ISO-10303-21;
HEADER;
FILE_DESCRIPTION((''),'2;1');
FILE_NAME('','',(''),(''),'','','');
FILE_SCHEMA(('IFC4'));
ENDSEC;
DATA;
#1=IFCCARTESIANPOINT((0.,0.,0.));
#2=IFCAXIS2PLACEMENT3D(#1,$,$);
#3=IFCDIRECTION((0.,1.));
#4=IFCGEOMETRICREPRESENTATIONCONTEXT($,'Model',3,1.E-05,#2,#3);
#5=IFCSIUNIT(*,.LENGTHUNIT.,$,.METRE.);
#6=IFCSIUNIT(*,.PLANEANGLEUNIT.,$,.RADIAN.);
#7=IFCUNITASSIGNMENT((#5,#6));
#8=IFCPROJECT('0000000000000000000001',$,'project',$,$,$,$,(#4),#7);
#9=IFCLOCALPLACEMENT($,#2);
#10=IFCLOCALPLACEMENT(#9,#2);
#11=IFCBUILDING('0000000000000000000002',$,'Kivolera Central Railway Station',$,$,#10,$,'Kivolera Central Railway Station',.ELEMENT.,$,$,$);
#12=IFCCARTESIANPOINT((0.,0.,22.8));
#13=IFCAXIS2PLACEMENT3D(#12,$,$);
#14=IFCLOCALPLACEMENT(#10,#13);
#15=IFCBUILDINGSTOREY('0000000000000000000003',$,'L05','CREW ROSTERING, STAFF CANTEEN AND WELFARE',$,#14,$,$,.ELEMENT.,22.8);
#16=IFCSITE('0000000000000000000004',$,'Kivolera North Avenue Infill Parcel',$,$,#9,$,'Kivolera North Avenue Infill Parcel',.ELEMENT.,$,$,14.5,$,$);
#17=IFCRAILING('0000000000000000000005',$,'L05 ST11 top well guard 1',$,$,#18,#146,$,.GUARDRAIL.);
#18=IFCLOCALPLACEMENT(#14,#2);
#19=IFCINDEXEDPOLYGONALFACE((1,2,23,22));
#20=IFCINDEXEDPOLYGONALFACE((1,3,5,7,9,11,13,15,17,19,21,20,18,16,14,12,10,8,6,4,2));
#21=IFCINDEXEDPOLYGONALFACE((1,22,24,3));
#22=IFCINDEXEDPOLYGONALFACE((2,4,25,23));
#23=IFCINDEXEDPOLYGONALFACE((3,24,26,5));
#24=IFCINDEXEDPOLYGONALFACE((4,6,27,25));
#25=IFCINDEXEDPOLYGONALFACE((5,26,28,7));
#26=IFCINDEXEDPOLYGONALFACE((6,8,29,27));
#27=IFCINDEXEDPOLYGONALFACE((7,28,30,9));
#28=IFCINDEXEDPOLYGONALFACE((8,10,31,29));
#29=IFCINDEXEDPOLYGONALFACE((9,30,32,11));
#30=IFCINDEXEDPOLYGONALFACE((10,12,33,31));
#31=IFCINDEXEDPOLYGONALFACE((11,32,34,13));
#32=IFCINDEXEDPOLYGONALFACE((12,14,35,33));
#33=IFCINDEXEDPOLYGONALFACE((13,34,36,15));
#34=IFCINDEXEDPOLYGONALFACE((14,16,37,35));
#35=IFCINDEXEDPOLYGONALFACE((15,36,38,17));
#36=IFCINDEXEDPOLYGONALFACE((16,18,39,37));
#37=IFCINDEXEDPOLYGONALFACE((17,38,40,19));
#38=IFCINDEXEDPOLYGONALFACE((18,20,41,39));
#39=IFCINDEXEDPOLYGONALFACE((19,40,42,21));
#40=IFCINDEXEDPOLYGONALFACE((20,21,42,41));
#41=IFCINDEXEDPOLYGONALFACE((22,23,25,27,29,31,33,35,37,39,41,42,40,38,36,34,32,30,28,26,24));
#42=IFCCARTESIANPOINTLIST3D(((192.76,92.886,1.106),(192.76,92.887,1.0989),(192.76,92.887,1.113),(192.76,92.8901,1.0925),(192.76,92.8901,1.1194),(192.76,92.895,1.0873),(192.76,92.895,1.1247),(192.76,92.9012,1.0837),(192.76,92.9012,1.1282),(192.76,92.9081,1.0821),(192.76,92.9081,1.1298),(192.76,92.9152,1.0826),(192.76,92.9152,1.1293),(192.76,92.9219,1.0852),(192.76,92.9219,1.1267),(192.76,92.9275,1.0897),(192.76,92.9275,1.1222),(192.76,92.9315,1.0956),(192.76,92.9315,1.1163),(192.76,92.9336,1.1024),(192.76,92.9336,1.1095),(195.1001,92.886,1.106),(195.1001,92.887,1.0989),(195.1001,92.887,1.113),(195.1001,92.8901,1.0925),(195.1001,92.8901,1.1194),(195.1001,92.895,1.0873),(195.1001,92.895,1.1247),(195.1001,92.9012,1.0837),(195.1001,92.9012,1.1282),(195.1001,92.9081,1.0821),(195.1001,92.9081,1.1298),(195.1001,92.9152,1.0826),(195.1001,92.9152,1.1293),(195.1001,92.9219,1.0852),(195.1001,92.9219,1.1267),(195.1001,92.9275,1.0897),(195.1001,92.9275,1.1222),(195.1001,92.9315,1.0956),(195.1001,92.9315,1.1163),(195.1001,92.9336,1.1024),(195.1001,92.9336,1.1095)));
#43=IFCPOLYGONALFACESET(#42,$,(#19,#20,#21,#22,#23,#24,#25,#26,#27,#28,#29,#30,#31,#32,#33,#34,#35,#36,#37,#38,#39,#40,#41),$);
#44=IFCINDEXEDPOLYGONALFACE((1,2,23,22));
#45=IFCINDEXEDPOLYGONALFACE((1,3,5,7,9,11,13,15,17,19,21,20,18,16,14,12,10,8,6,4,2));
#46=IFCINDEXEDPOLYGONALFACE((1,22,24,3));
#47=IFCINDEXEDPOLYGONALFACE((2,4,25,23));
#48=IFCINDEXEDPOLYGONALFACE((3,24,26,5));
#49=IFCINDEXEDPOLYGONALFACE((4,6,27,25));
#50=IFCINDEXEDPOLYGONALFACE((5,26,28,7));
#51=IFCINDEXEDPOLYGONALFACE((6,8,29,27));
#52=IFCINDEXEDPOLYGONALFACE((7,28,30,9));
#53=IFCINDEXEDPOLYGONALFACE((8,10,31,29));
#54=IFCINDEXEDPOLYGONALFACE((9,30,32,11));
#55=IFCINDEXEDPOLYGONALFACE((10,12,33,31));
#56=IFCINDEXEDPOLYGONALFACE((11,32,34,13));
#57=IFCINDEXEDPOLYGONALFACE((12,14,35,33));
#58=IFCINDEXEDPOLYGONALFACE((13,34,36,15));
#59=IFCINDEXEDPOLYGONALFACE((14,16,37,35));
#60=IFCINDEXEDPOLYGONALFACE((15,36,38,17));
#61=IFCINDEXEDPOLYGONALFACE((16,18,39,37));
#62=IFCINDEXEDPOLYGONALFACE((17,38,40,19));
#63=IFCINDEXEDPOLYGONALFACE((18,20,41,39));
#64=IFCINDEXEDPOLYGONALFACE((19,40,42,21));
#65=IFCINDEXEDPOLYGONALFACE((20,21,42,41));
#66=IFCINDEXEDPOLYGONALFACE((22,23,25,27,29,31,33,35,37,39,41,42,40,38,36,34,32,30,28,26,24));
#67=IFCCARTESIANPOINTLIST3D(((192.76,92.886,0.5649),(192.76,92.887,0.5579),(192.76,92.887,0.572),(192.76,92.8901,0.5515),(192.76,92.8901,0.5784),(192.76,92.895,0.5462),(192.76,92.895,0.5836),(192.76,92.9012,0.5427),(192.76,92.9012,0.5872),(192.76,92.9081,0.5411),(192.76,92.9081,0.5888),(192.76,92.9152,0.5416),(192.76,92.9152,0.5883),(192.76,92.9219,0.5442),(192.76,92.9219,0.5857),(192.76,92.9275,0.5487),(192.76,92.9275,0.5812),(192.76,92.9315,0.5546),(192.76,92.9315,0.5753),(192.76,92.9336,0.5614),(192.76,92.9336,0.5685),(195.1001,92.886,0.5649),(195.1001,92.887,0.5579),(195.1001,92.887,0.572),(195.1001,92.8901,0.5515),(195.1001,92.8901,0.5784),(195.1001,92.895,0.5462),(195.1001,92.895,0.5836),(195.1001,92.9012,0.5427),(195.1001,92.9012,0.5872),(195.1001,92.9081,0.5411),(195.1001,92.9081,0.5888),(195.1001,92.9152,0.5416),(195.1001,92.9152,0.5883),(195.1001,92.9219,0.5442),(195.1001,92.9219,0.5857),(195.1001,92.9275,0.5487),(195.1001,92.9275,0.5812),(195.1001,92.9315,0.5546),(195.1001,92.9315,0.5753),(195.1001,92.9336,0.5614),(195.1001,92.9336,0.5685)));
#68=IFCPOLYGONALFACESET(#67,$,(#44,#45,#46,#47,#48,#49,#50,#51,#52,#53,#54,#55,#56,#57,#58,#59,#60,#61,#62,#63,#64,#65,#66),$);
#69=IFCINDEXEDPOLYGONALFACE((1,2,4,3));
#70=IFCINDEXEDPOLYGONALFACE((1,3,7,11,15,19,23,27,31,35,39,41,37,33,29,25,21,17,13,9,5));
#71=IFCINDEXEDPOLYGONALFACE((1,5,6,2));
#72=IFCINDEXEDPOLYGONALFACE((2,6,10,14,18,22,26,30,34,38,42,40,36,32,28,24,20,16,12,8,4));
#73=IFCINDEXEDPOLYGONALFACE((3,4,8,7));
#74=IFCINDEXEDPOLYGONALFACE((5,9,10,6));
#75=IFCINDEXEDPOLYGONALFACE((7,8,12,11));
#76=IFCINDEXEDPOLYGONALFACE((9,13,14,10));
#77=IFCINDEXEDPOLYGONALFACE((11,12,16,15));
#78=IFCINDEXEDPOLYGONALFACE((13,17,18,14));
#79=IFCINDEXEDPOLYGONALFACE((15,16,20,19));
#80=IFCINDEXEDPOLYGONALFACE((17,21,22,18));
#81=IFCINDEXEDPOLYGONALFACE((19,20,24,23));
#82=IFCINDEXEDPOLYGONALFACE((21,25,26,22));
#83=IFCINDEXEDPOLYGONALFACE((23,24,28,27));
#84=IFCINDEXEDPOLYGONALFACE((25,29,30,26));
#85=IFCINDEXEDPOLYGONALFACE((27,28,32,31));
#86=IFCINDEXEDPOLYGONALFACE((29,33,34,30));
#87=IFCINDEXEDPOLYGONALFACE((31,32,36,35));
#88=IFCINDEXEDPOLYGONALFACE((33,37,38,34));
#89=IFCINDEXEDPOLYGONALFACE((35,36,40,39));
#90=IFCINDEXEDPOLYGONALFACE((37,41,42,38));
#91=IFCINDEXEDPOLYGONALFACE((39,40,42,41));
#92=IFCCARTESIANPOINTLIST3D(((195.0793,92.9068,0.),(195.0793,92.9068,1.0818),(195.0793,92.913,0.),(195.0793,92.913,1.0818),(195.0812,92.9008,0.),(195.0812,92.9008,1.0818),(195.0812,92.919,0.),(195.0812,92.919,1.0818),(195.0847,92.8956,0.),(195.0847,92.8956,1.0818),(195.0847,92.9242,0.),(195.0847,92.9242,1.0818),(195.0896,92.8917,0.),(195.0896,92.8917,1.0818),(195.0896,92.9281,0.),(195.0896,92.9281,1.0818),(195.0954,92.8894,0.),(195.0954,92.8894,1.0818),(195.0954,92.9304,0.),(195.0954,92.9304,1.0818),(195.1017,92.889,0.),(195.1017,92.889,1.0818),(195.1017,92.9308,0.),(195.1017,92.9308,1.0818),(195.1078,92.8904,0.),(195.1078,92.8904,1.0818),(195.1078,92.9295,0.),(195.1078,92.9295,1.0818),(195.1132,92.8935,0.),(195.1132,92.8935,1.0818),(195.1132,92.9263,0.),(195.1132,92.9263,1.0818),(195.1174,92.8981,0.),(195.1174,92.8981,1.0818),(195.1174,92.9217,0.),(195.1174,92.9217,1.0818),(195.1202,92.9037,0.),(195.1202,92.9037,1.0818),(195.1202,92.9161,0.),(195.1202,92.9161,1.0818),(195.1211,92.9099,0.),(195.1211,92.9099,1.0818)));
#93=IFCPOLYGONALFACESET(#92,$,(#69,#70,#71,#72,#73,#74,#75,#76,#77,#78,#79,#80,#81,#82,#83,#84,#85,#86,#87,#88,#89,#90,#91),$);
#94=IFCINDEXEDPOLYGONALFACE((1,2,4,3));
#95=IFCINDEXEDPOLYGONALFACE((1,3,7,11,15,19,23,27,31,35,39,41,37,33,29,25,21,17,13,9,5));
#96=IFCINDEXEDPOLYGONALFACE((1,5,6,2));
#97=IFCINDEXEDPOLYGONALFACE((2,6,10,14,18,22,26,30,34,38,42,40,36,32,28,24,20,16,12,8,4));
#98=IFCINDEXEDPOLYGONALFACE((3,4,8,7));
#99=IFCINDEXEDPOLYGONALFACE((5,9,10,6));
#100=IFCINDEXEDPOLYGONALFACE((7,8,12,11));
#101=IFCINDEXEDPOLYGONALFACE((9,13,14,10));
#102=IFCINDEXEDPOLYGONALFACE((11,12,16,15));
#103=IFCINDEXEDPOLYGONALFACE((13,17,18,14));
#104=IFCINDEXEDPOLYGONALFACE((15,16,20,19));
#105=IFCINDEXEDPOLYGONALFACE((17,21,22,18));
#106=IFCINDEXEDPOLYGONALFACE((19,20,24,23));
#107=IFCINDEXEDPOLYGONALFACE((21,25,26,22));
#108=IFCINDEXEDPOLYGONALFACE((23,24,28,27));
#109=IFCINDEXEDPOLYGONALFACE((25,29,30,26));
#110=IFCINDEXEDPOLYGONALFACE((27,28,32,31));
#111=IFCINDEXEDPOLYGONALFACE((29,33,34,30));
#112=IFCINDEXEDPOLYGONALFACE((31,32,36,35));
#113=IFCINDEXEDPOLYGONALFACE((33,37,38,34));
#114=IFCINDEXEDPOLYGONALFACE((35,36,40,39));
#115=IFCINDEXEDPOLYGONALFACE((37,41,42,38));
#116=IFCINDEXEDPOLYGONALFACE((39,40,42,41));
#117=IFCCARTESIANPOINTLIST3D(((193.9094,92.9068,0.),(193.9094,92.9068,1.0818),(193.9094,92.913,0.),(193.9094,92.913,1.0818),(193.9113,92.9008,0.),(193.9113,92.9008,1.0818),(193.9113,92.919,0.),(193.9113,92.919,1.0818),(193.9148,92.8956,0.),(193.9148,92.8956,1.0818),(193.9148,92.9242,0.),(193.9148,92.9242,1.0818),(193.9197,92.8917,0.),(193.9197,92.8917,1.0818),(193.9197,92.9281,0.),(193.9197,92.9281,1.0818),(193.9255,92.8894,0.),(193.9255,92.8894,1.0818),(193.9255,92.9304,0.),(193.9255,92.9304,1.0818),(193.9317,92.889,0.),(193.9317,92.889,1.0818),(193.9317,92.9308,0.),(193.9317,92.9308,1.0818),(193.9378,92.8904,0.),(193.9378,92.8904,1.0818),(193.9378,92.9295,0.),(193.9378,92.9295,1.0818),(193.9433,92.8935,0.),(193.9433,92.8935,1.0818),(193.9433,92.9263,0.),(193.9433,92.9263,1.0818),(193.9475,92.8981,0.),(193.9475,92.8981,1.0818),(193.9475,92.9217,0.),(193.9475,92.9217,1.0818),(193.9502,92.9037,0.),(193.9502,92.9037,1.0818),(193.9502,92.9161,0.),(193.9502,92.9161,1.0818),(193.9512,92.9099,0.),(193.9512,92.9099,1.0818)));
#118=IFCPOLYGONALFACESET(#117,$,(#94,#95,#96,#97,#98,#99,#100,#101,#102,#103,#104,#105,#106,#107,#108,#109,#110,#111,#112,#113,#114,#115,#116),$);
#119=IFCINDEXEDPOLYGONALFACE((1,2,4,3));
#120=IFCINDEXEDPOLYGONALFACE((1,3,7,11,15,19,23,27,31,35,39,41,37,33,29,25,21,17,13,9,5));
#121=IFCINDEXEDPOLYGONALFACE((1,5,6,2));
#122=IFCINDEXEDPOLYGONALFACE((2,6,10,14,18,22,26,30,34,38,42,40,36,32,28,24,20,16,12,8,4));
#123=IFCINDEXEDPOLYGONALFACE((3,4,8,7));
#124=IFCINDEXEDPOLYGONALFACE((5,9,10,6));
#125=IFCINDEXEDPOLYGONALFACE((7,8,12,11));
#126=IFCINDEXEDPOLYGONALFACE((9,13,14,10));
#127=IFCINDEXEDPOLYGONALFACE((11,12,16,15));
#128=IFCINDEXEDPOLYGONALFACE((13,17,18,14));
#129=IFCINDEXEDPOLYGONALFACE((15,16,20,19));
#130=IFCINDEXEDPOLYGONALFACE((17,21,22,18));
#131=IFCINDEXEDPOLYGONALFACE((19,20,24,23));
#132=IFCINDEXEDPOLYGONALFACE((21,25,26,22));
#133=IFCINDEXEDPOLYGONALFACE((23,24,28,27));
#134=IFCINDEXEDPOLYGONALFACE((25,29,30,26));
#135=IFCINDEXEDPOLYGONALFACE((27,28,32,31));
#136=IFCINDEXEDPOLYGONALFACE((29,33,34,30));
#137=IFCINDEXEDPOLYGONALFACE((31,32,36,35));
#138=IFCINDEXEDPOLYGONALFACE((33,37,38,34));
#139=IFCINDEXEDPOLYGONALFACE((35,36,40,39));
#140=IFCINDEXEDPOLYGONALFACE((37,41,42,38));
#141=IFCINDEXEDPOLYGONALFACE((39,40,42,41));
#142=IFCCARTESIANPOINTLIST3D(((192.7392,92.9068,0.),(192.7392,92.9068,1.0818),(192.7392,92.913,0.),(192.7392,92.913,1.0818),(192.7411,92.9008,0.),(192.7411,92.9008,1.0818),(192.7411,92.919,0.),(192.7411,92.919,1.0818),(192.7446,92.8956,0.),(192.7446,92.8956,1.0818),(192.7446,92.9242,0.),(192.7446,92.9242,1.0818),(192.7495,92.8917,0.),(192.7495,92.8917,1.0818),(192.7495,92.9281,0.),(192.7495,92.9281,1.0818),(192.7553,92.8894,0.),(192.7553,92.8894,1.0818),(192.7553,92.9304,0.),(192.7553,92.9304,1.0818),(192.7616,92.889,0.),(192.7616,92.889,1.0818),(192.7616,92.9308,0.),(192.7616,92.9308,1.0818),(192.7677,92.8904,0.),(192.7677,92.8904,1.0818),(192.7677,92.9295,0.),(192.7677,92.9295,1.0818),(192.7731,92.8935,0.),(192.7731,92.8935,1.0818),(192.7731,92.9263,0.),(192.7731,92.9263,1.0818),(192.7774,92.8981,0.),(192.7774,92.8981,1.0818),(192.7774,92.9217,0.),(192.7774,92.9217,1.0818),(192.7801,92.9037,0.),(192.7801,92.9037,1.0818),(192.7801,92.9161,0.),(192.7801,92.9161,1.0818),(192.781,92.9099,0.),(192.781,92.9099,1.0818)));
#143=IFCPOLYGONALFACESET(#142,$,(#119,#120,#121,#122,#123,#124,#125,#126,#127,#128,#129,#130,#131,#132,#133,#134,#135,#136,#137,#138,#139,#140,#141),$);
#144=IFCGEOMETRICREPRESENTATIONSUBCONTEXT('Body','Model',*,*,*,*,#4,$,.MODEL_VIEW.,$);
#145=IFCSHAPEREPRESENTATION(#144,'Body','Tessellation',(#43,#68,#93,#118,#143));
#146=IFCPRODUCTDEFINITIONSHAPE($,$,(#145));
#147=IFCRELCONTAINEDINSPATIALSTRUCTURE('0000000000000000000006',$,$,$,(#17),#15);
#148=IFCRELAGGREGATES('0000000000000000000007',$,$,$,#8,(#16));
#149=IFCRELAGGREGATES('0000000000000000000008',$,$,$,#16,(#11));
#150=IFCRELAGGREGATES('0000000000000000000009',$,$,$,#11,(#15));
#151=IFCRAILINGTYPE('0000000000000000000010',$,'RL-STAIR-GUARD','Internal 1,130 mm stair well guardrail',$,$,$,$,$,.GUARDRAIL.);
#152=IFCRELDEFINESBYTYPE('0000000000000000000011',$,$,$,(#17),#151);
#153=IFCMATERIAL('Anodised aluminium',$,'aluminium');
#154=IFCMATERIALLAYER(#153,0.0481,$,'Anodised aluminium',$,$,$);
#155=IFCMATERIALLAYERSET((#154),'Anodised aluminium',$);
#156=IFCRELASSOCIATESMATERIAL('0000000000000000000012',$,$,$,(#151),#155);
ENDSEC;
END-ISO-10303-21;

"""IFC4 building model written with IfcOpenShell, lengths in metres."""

from ifc_helpers import new_model, si_unit, direction, frame, origin, origin_2d, place, context, subcontext, project, spatial, circle, extrude, material, layer, layer_set, type_object, element, save


model = new_model("IFC4")

# Units and contexts
model_context = context("Model", 3, precision=1e-05, world=origin(), true_north=direction((0.0, 1.0)))
body_context = subcontext(model_context, "Body", "Model", "MODEL_VIEW")
ifc_project = project(units=[si_unit("LENGTHUNIT", "METRE"), si_unit("PLANEANGLEUNIT", "RADIAN")], contexts=[model_context])

# Site, building, storey
site_placement = place(None, origin())
site = spatial("IfcSite", under=ifc_project, at=site_placement, Name="Kivolera North Avenue Infill Parcel", LongName="Kivolera North Avenue Infill Parcel", CompositionType="ELEMENT", RefElevation=14.5)
building_placement = place(site_placement, origin())
building = spatial("IfcBuilding", under=site, at=building_placement, Name="Kivolera Central Railway Station", LongName="Kivolera Central Railway Station", CompositionType="ELEMENT")
storey_placement = place(building_placement, frame((0.0, 0.0, 22.8)))
storey = spatial("IfcBuildingStorey", under=building, at=storey_placement, Name="L05", Description="CREW ROSTERING, STAFF CANTEEN AND WELFARE", CompositionType="ELEMENT", Elevation=22.8)

# Shared definitions
ifc_material_1 = material(Name="Anodised aluminium", Category="aluminium")

# Railing
ifc_layer_1 = layer(ifc_material_1, 0.0481, Name="Anodised aluminium")
ifc_layer_set_1 = layer_set([ifc_layer_1], Name="Anodised aluminium")
railing_type = type_object("IfcRailingType", Name="RL-STAIR-GUARD", Description="Internal 1,130 mm stair well guardrail", PredefinedType="GUARDRAIL", material=ifc_layer_set_1)
railing_placement = place(storey_placement, frame((195.1001, 92.9099, 0.0)))
element("IfcRailing", 1, at=railing_placement, inside=storey, type_object=railing_type, Name="L05 ST11 top well guard 1", PredefinedType="GUARDRAIL", context=body_context, shape_type="SweptSolid", body=[
    extrude(circle(Radius=0.0239, at=origin_2d()), frame((0.0, 0.0, 1.106), z_axis=(-1.0, 0.0, 0.0), x_axis=(0.0, -1.0, 0.0)), (0.0, 0.0, 1.0), 2.3401),
    extrude(circle(Radius=0.0239, at=origin_2d()), frame((0.0, 0.0, 0.5649), z_axis=(-1.0, 0.0, 0.0), x_axis=(0.0, -1.0, 0.0)), (0.0, 0.0, 1.0), 2.3401),
    extrude(circle(Radius=0.021, at=origin_2d()), origin(), (0.0, 0.0, 1.0), 1.0818),
    extrude(circle(Radius=0.021, at=origin_2d()), frame((-1.1699, 0.0, 0.0)), (0.0, 0.0, 1.0), 1.0818),
    extrude(circle(Radius=0.021, at=origin_2d()), frame((-2.3401, 0.0, 0.0)), (0.0, 0.0, 1.0), 1.0818),
])

save(model, "model.ifc")
